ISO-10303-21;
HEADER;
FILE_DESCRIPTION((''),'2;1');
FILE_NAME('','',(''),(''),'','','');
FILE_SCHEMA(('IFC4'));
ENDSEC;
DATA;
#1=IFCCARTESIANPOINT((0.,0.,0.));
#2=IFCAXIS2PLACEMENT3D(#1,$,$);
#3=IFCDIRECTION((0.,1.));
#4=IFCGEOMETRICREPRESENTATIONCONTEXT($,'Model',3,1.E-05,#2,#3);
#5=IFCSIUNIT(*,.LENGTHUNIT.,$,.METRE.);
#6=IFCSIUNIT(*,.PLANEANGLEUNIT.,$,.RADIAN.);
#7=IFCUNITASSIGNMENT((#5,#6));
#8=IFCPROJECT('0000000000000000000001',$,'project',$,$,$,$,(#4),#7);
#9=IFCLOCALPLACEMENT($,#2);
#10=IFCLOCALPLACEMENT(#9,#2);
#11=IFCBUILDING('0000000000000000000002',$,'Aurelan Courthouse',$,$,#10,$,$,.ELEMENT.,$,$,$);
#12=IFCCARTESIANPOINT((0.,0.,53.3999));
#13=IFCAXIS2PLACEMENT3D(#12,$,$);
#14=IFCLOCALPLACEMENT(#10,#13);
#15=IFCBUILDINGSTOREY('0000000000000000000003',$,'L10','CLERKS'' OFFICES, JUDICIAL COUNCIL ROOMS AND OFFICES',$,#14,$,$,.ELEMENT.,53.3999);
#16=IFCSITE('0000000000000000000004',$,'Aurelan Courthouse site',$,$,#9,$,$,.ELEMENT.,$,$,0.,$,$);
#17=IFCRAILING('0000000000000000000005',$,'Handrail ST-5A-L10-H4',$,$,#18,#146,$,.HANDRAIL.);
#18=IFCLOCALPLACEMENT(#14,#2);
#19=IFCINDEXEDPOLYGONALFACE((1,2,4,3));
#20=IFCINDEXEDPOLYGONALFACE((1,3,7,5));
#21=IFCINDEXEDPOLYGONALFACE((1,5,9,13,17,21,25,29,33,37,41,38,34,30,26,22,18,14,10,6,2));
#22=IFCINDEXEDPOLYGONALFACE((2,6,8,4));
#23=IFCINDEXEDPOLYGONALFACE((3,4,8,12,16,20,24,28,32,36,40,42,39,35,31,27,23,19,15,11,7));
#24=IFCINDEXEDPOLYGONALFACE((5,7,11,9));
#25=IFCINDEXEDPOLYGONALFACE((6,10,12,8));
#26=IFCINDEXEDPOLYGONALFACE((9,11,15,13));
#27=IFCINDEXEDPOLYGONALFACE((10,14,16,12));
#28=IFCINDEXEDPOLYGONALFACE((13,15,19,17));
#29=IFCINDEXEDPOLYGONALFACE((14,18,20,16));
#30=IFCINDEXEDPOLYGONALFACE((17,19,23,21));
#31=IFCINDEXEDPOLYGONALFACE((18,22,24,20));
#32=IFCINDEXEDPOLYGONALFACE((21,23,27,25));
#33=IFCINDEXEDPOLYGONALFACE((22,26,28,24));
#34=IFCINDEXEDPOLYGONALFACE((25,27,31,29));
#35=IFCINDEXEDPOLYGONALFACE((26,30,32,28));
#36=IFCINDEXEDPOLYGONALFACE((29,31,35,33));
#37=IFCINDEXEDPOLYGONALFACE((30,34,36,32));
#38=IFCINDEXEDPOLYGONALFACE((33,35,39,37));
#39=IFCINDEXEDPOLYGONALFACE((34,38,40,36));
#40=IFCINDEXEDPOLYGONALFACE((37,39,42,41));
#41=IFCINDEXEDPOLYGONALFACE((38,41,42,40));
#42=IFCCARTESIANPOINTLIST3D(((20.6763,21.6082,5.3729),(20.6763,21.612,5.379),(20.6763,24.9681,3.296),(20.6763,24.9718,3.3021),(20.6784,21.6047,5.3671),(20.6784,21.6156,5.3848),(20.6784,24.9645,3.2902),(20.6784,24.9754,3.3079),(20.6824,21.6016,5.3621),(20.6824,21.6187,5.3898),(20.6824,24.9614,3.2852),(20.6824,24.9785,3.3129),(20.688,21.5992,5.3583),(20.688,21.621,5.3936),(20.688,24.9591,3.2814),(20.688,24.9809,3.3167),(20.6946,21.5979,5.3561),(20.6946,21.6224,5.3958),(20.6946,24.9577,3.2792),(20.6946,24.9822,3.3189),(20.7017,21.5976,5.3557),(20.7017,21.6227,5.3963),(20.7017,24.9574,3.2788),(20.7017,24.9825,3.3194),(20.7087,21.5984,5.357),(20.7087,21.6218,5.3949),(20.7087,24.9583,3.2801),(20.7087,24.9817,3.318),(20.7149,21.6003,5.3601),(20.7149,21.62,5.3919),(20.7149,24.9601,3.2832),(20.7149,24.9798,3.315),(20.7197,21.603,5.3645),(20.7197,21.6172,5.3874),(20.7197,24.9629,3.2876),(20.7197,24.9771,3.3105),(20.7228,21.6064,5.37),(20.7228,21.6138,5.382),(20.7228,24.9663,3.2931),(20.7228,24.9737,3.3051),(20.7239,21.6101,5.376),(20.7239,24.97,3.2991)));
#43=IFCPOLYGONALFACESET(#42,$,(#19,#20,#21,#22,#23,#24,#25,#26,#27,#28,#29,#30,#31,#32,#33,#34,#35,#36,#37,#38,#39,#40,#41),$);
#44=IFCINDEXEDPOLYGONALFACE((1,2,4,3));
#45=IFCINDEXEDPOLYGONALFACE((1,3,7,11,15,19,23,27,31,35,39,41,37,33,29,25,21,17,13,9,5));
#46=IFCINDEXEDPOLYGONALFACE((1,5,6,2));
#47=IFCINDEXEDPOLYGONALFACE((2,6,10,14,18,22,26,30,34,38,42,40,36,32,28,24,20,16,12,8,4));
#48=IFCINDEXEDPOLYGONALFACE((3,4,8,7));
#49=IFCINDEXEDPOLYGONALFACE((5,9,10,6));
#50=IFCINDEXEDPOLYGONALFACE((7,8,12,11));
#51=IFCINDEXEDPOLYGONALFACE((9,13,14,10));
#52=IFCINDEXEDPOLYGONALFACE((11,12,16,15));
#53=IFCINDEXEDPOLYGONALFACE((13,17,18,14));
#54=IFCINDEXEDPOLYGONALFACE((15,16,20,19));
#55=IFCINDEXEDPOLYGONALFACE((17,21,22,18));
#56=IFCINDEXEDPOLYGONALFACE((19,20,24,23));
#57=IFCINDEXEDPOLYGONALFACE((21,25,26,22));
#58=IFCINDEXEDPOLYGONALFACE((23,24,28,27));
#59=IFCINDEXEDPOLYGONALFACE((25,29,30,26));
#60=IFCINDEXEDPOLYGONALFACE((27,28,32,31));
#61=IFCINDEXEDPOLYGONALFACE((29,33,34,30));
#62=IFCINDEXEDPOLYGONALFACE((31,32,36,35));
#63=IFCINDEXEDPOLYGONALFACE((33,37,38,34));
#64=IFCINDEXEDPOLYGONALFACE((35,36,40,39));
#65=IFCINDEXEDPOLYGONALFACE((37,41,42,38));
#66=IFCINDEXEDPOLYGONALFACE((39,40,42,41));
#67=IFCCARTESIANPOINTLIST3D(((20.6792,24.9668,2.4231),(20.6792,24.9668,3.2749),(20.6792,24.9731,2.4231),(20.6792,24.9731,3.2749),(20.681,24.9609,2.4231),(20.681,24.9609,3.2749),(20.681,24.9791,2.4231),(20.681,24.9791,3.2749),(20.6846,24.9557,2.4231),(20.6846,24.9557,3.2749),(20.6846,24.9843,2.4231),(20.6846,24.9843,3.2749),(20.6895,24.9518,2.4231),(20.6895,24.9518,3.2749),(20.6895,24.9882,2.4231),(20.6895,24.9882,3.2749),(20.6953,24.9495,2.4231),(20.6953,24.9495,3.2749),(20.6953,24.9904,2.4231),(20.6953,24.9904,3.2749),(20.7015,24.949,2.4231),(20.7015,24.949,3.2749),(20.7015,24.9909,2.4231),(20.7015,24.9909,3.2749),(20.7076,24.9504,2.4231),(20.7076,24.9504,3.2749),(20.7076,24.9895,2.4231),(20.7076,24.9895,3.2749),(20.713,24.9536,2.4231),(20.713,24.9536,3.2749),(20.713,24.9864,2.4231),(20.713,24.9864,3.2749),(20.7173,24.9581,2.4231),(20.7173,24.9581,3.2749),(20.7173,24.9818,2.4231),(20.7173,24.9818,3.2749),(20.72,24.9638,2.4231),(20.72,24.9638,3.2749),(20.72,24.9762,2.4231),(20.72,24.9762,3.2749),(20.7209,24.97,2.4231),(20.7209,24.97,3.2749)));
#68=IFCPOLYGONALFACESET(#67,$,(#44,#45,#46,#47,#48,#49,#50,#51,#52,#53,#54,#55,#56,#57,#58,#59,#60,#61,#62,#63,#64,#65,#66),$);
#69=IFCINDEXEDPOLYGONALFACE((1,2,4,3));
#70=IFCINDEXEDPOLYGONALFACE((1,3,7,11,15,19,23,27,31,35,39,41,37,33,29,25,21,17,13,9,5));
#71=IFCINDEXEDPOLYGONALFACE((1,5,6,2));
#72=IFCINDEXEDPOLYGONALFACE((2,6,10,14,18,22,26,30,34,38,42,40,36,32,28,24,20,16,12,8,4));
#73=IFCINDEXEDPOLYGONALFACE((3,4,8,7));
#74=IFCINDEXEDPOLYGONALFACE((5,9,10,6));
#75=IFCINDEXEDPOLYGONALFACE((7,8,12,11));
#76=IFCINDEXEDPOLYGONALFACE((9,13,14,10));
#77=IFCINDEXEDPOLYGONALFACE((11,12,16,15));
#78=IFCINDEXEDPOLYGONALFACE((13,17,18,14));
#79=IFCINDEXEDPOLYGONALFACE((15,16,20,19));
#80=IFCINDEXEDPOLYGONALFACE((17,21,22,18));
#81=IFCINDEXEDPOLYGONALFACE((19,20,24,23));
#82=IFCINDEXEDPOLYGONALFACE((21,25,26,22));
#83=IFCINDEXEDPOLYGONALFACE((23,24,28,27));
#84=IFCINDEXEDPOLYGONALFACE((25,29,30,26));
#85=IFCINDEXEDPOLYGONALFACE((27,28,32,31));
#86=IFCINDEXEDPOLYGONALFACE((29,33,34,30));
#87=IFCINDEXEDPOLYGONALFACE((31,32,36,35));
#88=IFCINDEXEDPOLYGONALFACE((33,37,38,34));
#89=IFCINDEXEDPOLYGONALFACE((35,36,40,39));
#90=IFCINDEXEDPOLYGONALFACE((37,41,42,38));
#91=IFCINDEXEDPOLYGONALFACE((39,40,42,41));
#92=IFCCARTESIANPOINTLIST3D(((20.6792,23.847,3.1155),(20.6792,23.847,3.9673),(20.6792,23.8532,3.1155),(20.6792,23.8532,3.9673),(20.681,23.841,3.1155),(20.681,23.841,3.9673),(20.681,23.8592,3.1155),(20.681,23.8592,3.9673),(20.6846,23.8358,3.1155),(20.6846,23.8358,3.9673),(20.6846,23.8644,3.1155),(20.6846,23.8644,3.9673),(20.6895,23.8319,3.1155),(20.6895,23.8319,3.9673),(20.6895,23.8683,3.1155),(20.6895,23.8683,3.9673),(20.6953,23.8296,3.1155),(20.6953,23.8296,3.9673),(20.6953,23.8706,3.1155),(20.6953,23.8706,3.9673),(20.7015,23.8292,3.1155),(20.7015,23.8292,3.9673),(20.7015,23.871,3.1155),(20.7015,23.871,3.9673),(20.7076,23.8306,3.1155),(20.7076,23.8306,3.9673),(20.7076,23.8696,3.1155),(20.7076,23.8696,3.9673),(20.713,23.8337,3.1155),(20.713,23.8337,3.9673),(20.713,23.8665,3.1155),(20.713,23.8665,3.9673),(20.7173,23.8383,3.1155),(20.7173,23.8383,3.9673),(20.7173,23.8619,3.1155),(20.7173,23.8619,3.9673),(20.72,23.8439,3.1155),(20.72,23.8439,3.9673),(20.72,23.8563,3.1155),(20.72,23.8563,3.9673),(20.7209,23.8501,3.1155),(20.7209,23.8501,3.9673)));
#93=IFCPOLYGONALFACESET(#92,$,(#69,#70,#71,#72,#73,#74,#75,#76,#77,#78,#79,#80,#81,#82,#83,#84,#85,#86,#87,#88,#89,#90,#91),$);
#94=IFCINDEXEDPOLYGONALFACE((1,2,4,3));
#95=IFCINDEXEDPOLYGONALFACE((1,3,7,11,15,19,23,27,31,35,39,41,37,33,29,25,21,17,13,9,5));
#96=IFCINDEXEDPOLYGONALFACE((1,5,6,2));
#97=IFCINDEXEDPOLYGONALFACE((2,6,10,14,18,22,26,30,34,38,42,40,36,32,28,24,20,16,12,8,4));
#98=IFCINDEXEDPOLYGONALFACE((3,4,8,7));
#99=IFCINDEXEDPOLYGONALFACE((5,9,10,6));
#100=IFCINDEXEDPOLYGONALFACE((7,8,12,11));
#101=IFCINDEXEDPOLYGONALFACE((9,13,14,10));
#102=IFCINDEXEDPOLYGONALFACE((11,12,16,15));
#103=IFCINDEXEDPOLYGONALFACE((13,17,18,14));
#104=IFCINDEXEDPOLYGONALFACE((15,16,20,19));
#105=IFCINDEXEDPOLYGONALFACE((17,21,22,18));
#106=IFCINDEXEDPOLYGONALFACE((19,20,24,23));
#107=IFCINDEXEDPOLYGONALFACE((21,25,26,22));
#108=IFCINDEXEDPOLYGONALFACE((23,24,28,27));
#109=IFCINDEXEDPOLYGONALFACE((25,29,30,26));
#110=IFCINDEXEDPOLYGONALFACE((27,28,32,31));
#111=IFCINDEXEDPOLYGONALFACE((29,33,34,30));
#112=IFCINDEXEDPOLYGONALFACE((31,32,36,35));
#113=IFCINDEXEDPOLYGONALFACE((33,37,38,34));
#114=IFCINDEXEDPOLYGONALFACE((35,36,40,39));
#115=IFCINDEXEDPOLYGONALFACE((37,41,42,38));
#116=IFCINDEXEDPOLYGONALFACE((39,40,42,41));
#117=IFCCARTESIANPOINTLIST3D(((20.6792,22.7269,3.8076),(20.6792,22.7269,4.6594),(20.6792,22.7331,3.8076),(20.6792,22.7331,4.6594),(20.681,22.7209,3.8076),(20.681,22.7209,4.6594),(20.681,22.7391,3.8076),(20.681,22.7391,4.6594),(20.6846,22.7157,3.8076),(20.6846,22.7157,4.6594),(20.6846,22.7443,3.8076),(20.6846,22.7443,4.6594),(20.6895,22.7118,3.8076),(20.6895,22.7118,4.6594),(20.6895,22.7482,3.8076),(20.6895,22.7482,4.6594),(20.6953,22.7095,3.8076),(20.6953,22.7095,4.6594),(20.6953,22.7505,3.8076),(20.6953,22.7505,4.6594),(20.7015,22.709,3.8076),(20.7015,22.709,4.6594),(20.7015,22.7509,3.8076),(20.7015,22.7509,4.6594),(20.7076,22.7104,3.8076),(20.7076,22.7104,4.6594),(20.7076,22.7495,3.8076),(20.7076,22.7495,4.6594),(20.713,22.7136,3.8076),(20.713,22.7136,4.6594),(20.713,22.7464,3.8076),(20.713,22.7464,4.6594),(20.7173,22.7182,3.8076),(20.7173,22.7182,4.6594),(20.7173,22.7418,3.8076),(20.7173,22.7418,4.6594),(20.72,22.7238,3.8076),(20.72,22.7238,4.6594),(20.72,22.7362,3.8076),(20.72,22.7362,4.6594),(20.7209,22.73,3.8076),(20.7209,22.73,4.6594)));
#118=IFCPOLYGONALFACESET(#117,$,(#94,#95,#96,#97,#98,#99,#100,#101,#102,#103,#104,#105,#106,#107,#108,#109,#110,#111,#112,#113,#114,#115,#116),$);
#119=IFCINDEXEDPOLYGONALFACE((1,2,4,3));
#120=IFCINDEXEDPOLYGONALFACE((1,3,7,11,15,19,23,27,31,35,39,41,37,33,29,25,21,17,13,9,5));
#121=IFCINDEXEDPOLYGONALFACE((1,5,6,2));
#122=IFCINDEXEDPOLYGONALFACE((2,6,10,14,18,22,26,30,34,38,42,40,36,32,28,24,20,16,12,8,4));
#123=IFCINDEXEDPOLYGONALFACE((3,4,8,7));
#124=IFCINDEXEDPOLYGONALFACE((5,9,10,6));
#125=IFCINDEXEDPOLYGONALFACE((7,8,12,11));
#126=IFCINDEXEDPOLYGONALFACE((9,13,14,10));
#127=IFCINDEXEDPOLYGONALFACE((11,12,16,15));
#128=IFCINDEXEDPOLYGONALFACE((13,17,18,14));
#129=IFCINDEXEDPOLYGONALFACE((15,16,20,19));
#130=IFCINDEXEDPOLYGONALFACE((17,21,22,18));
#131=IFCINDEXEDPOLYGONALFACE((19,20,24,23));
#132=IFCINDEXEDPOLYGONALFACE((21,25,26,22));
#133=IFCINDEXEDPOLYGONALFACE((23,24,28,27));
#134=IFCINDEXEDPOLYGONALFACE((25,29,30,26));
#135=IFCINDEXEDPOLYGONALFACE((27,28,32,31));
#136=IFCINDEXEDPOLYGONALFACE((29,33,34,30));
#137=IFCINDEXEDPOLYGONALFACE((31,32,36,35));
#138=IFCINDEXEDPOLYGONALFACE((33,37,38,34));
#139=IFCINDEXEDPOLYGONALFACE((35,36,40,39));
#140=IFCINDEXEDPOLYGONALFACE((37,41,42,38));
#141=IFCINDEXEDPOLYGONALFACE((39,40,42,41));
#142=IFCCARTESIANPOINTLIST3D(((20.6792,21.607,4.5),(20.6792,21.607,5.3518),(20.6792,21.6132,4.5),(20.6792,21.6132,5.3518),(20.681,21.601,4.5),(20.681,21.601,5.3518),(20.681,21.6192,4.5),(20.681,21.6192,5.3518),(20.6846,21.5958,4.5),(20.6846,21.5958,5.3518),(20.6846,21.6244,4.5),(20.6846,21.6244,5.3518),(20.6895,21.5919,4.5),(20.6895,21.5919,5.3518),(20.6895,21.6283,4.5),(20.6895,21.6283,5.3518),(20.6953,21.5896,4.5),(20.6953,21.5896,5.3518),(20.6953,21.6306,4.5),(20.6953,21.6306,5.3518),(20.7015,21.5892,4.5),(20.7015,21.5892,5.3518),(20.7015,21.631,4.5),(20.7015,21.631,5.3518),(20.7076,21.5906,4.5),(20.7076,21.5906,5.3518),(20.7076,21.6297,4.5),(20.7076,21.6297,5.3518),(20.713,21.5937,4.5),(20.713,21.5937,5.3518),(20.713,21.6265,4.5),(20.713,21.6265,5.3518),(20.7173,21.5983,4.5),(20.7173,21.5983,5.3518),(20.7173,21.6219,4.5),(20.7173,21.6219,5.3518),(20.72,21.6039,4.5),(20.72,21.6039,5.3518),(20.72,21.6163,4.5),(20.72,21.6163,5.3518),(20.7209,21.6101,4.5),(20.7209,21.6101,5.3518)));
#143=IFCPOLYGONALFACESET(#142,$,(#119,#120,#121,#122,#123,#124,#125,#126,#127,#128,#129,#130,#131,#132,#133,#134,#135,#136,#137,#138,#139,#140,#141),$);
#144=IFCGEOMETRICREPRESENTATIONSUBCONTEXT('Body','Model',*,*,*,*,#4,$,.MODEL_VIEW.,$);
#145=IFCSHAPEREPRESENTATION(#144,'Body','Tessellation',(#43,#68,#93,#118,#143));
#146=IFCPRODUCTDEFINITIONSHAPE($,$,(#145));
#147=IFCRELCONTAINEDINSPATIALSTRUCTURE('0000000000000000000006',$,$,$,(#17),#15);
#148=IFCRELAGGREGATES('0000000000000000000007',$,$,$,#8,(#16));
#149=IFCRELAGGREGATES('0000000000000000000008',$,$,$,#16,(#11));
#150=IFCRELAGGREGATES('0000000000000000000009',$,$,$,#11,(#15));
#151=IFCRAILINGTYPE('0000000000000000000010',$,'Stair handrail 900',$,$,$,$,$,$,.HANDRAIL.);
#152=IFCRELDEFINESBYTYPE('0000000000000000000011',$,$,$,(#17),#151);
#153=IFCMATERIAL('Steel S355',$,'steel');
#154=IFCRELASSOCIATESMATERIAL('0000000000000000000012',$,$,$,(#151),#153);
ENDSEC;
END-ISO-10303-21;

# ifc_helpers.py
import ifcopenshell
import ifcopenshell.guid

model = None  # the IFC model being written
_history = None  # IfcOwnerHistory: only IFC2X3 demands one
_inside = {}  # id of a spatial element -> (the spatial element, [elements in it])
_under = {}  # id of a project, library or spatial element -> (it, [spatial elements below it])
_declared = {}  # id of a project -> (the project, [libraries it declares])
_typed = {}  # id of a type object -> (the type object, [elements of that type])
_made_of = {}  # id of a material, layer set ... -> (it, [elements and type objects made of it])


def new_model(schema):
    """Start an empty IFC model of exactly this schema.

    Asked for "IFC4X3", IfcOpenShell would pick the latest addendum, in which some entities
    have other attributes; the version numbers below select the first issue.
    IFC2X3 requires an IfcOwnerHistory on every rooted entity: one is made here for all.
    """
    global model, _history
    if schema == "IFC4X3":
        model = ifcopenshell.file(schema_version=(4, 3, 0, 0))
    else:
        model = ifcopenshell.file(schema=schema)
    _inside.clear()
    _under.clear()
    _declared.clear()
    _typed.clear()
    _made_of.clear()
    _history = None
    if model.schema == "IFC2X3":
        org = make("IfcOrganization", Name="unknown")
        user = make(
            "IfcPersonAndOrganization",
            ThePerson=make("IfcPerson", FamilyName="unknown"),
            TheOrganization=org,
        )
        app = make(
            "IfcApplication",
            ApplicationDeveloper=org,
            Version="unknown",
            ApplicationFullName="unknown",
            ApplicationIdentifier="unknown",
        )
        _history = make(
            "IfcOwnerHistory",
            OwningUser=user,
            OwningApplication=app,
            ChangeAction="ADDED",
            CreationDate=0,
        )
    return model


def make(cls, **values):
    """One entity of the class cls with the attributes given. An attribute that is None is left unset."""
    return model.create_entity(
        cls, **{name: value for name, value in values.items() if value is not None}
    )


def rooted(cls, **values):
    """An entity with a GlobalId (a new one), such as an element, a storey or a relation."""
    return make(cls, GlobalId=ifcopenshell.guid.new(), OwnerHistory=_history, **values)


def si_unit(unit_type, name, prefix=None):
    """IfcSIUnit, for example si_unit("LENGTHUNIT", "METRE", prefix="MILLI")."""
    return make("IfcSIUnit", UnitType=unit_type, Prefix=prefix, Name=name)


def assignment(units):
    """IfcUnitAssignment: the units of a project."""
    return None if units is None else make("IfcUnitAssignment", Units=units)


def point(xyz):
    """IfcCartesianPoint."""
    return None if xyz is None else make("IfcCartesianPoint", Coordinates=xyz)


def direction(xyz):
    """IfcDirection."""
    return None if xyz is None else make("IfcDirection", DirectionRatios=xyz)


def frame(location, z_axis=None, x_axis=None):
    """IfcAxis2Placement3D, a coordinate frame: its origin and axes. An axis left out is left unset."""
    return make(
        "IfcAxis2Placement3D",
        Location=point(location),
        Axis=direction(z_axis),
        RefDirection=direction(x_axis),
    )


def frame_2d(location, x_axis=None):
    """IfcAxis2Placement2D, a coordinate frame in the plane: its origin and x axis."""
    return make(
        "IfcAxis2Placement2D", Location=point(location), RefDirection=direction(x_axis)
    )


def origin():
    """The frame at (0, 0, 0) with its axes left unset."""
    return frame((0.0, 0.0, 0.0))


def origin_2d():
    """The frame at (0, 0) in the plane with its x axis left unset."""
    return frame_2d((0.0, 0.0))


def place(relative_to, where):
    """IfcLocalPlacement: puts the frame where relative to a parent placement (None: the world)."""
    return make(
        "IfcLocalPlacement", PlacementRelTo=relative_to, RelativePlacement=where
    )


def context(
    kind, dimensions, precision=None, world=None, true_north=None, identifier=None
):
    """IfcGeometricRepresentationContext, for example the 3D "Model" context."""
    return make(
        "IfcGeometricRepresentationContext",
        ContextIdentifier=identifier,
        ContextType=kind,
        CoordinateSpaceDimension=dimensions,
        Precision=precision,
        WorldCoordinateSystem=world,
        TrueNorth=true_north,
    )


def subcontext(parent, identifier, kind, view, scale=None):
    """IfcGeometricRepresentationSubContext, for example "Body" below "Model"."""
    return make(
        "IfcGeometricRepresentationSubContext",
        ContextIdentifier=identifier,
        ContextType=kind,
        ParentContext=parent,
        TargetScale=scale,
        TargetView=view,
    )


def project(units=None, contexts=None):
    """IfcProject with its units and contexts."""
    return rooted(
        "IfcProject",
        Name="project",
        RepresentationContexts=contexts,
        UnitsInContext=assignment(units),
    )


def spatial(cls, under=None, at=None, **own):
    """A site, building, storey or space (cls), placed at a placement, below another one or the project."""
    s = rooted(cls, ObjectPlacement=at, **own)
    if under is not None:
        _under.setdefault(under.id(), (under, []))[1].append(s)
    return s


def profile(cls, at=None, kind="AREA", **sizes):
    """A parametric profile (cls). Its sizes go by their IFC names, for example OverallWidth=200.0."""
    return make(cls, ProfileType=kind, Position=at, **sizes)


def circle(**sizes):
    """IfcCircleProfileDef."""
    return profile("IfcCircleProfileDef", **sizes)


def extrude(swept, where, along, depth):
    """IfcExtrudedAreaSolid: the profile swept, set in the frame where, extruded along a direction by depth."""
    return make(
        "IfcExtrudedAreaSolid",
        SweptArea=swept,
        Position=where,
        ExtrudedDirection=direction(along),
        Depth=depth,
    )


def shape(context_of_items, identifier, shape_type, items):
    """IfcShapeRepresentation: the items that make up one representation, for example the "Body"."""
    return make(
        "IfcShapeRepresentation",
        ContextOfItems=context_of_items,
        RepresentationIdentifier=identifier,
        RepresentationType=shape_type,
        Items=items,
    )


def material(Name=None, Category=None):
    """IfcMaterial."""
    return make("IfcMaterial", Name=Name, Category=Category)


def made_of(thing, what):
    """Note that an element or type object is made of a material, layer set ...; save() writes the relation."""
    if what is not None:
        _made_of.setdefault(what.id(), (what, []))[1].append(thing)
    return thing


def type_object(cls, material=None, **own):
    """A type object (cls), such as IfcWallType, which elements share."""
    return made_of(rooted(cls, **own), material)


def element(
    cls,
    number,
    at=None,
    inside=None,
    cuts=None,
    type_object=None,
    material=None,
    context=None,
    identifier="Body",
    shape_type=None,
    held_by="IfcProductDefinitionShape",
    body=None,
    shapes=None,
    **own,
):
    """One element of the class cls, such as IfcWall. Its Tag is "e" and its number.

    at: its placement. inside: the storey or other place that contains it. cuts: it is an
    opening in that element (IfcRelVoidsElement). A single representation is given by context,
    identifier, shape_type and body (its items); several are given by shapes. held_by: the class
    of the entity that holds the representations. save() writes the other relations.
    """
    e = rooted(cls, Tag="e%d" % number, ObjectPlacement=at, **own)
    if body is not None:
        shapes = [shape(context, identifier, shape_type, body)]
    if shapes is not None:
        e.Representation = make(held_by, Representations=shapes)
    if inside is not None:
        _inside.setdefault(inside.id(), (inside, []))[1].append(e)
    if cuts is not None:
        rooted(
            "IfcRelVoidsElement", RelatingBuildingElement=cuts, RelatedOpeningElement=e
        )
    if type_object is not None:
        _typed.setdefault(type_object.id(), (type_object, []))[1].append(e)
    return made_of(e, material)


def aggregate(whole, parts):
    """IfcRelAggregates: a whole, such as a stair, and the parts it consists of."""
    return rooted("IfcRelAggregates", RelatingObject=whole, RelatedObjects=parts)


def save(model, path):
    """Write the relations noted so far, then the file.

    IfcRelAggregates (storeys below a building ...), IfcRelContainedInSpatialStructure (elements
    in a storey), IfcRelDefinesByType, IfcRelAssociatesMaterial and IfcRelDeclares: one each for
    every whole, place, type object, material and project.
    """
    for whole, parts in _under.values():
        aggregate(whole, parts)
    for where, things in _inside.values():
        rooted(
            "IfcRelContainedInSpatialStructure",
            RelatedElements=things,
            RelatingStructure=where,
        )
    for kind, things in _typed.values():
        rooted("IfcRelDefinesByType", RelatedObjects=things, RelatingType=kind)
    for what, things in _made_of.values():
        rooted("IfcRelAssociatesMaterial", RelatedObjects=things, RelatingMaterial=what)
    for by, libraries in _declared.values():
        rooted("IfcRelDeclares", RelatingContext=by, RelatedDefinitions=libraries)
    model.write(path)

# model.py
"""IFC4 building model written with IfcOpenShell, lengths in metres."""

from ifc_helpers import new_model, si_unit, direction, frame, origin, origin_2d, place, context, subcontext, project, spatial, circle, extrude, material, type_object, element, save


model = new_model("IFC4")

# Units and contexts
model_context = context("Model", 3, precision=1e-05, world=origin(), true_north=direction((0.0, 1.0)))
body_context = subcontext(model_context, "Body", "Model", "MODEL_VIEW")
ifc_project = project(units=[si_unit("LENGTHUNIT", "METRE"), si_unit("PLANEANGLEUNIT", "RADIAN")], contexts=[model_context])

# Site, building, storey
site_placement = place(None, origin())
site = spatial("IfcSite", under=ifc_project, at=site_placement, Name="Aurelan Courthouse site", CompositionType="ELEMENT", RefElevation=0.0)
building_placement = place(site_placement, origin())
building = spatial("IfcBuilding", under=site, at=building_placement, Name="Aurelan Courthouse", CompositionType="ELEMENT")
storey_placement = place(building_placement, frame((0.0, 0.0, 53.3999)))
storey = spatial("IfcBuildingStorey", under=building, at=storey_placement, Name="L10", Description="CLERKS' OFFICES, JUDICIAL COUNCIL ROOMS AND OFFICES", CompositionType="ELEMENT", Elevation=53.3999)

# Railing
ifc_material_1 = material(Name="Steel S355", Category="steel")
railing_type_1 = type_object("IfcRailingType", Name="Stair handrail 900", PredefinedType="HANDRAIL", material=ifc_material_1)
railing_1_placement = place(storey_placement, frame((20.7, 24.97, 2.4231)))
element("IfcRailing", 1, at=railing_1_placement, inside=storey, type_object=railing_type_1, Name="Handrail ST-5A-L10-H4", PredefinedType="HANDRAIL", context=body_context, shape_type="SweptSolid", body=[
    extrude(circle(Radius=0.0239, at=origin_2d()), frame((0.0, 0.0, 0.876), z_axis=(0.0, -0.850606, 0.525803), x_axis=(1.0, 0.0, 0.0)), (0.0, 0.0, 1.0), 3.95),
    extrude(circle(Radius=0.021, at=origin_2d()), origin(), (0.0, 0.0, 1.0), 0.8518),
    extrude(circle(Radius=0.021, at=origin_2d()), frame((0.0, -1.1199, 0.6924)), (0.0, 0.0, 1.0), 0.8518),
    extrude(circle(Radius=0.021, at=origin_2d()), frame((0.0, -2.24, 1.3845)), (0.0, 0.0, 1.0), 0.8518),
    extrude(circle(Radius=0.021, at=origin_2d()), frame((0.0, -3.3599, 2.0769)), (0.0, 0.0, 1.0), 0.8518),
])

save(model, "model.ifc")
